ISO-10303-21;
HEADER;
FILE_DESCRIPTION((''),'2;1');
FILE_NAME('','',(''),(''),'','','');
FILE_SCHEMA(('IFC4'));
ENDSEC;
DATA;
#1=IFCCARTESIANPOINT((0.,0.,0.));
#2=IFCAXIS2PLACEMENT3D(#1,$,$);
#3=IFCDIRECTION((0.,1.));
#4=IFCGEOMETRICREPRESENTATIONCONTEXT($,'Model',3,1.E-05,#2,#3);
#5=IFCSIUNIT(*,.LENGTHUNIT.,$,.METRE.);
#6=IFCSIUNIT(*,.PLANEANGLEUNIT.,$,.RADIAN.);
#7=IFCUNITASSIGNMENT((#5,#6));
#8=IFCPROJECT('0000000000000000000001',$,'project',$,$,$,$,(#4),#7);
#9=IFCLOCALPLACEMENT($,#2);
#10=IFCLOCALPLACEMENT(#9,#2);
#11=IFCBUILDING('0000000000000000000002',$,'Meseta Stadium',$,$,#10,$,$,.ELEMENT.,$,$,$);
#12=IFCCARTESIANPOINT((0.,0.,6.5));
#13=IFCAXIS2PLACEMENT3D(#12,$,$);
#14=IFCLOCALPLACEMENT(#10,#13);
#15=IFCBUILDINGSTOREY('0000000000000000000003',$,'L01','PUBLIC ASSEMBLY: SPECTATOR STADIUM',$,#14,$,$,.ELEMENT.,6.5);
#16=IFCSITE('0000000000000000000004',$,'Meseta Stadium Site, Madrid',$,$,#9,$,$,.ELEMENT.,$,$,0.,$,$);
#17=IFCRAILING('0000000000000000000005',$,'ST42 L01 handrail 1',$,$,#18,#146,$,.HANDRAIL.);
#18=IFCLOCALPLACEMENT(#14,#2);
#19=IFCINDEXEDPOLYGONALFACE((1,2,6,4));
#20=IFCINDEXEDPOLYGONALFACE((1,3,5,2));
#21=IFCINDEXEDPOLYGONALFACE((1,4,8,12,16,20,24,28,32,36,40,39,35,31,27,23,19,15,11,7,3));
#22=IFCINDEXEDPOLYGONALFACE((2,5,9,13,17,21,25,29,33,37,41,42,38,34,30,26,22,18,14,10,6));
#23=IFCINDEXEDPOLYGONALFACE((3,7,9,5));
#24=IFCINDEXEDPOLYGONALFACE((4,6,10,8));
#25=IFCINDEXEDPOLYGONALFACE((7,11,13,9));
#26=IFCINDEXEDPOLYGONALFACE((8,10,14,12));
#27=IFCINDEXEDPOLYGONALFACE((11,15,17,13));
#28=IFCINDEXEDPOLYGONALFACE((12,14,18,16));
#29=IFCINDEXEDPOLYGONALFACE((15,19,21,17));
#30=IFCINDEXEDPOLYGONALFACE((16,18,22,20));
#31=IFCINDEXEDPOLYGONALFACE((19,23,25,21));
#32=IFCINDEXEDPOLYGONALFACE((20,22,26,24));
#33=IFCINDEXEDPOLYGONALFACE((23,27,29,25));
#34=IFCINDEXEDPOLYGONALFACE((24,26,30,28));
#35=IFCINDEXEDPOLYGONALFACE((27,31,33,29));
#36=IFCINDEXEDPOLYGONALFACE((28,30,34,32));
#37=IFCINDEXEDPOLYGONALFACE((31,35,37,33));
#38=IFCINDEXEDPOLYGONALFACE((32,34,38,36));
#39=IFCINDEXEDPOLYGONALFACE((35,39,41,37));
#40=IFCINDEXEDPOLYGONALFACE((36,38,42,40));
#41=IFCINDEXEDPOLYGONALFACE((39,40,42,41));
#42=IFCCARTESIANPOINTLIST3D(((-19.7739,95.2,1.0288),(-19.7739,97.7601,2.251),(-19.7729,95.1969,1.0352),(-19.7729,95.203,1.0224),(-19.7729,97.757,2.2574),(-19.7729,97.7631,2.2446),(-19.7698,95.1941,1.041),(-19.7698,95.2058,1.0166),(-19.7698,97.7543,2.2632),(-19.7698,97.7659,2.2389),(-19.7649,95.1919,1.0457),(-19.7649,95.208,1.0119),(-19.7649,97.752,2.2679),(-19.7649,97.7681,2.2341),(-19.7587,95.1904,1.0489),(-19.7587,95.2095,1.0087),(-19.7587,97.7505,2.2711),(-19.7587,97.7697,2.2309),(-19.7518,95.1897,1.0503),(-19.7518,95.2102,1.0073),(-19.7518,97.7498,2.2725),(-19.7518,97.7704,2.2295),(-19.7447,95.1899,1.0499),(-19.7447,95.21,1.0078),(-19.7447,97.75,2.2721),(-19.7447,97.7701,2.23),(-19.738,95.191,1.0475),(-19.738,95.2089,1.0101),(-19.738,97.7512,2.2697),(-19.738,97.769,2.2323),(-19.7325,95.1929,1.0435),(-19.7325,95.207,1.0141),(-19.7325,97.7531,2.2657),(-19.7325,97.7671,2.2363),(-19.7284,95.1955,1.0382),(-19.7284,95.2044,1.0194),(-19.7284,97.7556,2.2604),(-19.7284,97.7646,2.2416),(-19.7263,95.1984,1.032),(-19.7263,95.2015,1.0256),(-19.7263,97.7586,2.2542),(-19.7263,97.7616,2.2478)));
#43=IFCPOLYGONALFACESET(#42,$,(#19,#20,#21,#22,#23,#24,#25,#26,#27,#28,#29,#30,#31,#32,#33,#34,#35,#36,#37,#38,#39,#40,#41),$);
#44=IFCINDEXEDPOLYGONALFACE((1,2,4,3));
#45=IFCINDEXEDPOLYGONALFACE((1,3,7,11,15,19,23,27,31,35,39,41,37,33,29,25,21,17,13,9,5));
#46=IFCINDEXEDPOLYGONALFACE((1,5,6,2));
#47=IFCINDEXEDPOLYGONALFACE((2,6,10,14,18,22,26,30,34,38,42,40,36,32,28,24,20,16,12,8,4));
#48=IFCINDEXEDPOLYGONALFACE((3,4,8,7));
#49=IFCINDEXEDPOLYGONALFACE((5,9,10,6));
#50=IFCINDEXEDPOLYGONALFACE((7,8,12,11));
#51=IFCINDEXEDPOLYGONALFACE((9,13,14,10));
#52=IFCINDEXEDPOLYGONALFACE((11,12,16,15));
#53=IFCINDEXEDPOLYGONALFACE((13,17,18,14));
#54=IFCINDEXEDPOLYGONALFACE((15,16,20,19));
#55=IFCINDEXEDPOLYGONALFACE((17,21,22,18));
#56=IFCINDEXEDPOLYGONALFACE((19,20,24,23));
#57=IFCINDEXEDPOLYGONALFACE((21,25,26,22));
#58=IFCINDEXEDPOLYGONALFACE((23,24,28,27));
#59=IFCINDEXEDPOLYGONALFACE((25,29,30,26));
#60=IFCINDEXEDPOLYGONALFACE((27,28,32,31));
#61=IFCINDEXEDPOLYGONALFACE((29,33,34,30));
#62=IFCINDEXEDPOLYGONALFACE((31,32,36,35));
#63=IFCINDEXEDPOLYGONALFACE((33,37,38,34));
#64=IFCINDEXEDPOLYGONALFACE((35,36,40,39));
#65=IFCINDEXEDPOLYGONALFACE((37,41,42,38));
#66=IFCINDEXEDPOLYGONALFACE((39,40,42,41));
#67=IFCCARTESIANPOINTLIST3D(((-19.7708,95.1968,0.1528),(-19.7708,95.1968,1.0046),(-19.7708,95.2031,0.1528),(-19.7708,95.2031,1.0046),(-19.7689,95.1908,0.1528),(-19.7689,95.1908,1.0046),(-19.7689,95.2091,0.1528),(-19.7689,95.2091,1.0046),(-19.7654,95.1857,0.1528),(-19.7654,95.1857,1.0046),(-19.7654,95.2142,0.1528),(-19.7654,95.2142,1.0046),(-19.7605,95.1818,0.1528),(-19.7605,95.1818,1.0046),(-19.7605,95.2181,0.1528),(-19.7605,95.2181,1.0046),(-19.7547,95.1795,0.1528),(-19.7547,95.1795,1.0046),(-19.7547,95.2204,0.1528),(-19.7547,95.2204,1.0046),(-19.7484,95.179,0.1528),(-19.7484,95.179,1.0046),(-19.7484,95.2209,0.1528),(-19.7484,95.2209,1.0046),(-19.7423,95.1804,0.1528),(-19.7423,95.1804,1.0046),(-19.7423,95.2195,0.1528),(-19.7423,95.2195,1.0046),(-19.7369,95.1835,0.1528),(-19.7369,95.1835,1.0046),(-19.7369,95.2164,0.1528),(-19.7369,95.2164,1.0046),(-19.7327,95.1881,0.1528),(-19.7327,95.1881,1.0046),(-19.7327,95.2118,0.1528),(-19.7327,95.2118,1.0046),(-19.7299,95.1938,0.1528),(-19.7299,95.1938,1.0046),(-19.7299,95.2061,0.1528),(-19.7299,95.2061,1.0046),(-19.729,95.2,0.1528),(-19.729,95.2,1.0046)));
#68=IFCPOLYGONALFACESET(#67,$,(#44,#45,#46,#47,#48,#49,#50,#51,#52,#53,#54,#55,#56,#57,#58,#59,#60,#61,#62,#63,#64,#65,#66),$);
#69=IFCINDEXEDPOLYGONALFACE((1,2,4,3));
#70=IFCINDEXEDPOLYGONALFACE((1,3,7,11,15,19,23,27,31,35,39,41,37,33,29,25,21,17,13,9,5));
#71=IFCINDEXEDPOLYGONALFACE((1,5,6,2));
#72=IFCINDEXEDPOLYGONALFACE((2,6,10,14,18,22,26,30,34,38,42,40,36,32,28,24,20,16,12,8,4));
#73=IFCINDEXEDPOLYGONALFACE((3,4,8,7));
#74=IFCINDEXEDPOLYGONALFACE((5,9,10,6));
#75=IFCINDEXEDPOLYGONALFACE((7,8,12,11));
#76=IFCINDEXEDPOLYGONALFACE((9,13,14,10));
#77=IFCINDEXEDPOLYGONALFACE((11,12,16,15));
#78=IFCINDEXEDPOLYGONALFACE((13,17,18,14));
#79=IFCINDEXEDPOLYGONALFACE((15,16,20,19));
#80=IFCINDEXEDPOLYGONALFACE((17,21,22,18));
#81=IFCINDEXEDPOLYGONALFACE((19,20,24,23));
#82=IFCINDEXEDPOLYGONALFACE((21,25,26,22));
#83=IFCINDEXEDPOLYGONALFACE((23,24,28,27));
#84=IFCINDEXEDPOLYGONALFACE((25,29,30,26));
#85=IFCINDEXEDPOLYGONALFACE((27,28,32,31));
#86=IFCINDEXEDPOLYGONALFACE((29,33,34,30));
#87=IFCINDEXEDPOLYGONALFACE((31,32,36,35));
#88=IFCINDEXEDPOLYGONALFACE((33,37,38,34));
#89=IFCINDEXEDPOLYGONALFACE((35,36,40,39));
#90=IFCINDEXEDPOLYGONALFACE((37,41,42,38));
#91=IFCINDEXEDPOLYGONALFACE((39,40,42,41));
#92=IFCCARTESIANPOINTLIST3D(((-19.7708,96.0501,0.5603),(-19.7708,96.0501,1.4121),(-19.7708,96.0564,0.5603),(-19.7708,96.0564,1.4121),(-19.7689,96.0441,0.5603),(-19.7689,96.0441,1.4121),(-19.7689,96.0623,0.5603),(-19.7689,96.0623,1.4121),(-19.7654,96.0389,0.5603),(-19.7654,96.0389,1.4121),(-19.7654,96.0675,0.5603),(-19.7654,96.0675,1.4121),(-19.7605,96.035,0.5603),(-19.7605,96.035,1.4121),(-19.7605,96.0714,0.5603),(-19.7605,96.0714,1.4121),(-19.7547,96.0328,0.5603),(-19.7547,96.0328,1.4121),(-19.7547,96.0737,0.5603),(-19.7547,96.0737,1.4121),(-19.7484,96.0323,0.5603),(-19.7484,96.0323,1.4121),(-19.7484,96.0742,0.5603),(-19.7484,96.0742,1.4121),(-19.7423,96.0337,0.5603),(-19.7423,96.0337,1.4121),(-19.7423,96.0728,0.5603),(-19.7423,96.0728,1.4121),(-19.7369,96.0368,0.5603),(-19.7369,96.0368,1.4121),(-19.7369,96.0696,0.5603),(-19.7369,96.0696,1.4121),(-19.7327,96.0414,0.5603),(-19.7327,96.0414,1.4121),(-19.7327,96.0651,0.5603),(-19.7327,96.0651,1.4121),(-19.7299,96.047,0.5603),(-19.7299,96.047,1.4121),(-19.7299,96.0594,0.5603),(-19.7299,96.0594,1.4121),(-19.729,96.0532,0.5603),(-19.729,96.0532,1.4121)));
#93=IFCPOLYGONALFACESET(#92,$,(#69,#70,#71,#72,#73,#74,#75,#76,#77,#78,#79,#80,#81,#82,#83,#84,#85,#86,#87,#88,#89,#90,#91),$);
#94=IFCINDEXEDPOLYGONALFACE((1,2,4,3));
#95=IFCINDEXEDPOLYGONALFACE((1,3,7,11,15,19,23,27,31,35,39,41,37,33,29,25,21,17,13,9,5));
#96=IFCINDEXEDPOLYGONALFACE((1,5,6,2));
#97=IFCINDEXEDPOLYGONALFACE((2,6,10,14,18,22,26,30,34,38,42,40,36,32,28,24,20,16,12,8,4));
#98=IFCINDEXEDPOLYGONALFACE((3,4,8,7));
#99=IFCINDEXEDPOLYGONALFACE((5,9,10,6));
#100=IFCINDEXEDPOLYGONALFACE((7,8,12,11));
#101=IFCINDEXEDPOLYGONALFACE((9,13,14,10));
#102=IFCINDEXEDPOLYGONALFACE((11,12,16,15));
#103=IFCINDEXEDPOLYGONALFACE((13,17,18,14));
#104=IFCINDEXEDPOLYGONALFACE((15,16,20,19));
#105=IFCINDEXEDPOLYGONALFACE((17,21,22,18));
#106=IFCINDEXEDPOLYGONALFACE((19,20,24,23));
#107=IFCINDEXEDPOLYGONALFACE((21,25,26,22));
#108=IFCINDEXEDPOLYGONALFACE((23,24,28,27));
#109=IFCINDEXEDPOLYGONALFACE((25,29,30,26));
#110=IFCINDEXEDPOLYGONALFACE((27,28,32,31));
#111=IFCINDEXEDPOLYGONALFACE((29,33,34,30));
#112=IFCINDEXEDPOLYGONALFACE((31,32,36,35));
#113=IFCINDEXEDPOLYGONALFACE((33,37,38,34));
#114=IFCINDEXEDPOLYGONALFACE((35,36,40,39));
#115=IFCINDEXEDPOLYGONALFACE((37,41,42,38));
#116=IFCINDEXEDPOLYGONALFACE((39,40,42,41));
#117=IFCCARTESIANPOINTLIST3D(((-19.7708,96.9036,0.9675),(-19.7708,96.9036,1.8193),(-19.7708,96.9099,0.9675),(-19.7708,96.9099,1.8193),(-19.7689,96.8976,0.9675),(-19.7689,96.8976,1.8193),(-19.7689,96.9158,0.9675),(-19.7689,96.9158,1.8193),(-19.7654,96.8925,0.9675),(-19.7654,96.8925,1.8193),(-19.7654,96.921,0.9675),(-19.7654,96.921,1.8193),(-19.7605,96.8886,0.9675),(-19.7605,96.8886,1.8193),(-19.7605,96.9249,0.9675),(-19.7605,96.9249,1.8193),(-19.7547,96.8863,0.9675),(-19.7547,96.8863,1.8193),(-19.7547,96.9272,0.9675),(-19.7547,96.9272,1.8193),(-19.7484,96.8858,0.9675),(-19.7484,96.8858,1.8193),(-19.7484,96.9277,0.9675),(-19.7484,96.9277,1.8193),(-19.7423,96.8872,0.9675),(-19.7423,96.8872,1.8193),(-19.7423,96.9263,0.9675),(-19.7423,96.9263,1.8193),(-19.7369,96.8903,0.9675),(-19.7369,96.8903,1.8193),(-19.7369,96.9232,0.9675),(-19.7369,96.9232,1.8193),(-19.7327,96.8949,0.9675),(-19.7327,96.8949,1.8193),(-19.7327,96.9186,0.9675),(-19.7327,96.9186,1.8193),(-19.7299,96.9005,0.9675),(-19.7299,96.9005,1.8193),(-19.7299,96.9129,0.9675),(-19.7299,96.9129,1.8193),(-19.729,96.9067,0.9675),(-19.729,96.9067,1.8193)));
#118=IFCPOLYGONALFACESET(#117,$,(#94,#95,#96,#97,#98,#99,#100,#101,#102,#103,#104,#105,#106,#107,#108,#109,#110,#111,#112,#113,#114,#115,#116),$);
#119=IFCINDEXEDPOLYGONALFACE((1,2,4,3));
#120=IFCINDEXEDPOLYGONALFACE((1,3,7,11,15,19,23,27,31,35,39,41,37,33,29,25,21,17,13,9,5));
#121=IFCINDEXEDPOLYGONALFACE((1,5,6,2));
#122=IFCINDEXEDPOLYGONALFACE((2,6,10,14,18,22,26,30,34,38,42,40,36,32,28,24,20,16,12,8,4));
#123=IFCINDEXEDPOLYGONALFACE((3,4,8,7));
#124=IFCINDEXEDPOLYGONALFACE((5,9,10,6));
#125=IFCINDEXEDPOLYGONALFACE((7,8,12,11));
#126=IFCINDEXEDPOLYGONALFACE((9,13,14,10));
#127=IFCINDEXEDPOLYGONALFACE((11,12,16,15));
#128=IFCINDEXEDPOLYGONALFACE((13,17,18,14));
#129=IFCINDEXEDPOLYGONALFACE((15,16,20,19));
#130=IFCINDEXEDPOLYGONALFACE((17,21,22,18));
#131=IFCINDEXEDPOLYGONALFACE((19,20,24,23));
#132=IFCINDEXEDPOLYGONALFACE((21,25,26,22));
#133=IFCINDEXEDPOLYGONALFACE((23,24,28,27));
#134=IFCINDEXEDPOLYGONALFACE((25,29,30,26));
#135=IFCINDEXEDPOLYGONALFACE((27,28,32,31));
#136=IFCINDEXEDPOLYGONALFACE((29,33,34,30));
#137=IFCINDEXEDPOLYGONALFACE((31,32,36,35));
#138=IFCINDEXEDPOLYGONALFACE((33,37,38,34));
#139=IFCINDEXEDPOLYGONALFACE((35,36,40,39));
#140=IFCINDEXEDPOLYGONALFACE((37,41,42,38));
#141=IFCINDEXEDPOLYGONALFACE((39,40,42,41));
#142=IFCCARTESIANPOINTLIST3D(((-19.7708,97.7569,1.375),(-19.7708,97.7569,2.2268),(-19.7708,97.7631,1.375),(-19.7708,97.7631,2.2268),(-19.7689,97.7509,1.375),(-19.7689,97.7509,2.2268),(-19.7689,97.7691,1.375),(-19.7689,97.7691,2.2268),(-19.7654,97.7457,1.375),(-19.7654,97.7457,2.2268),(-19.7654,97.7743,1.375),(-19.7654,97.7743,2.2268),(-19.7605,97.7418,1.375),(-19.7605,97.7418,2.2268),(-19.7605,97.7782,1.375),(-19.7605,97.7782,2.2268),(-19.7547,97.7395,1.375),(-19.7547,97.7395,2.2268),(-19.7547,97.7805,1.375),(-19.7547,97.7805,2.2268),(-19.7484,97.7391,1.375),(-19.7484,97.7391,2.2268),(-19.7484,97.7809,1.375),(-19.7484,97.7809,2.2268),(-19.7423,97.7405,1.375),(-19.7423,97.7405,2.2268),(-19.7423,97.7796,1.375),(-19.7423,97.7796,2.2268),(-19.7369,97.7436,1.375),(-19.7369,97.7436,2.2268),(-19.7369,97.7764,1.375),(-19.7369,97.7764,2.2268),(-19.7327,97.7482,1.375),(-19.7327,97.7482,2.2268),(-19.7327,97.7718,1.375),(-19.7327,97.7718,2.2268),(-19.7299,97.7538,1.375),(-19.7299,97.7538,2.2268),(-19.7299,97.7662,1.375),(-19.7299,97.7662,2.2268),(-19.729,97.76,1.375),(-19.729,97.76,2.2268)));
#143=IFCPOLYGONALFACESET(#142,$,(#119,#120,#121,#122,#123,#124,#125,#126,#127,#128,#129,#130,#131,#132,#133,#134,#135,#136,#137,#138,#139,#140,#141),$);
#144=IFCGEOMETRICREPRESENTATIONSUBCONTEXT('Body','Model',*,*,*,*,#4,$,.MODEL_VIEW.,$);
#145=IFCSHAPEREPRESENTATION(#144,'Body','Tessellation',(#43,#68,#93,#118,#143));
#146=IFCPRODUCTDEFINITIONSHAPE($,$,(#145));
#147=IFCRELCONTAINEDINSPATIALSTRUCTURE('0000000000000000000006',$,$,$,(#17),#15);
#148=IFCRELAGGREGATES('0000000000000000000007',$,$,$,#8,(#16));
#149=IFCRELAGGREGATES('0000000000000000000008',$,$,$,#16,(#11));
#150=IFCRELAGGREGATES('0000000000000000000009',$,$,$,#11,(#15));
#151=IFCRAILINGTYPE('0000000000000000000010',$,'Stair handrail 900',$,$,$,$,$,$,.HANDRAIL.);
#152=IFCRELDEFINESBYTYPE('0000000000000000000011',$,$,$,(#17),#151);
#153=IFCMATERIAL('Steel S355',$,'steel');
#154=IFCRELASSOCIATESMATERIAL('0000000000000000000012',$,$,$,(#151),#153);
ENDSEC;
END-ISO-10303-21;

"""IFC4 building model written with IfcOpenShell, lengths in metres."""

from ifc_helpers import new_model, si_unit, direction, frame, origin, origin_2d, place, context, subcontext, project, spatial, circle, extrude, material, type_object, element, save


model = new_model("IFC4")

# Units and contexts
model_context = context("Model", 3, precision=1e-05, world=origin(), true_north=direction((0.0, 1.0)))
body_context = subcontext(model_context, "Body", "Model", "MODEL_VIEW")
ifc_project = project(units=[si_unit("LENGTHUNIT", "METRE"), si_unit("PLANEANGLEUNIT", "RADIAN")], contexts=[model_context])

# Site, building, storey
site_placement = place(None, origin())
site = spatial("IfcSite", under=ifc_project, at=site_placement, Name="Meseta Stadium Site, Madrid", CompositionType="ELEMENT", RefElevation=0.0)
building_placement = place(site_placement, origin())
building = spatial("IfcBuilding", under=site, at=building_placement, Name="Meseta Stadium", CompositionType="ELEMENT")
storey_placement = place(building_placement, frame((0.0, 0.0, 6.5)))
storey = spatial("IfcBuildingStorey", under=building, at=storey_placement, Name="L01", Description="PUBLIC ASSEMBLY: SPECTATOR STADIUM", CompositionType="ELEMENT", Elevation=6.5)

# Railing
ifc_material_1 = material(Name="Steel S355", Category="steel")
railing_type_1 = type_object("IfcRailingType", Name="Stair handrail 900", PredefinedType="HANDRAIL", material=ifc_material_1)
for number, where, name in (
    (1, (-19.75, 95.2, 0.1528), "ST42 L01 handrail 1"),
):
    element("IfcRailing", number, at=place(storey_placement, frame(where)), inside=storey, type_object=railing_type_1, Name=name, PredefinedType="HANDRAIL", context=body_context, shape_type="SweptSolid", body=[
        extrude(circle(Radius=0.0239, at=origin_2d()), frame((0.0, 0.0, 0.876), z_axis=(0.0, 0.902437, 0.430822), x_axis=(-1.0, 0.0, 0.0)), (0.0, 0.0, 1.0), 2.8369),
        extrude(circle(Radius=0.021, at=origin_2d()), origin(), (0.0, 0.0, 1.0), 0.8518),
        extrude(circle(Radius=0.021, at=origin_2d()), frame((0.0, 0.8533, 0.4075)), (0.0, 0.0, 1.0), 0.8518),
        extrude(circle(Radius=0.021, at=origin_2d()), frame((0.0, 1.7068, 0.8147)), (0.0, 0.0, 1.0), 0.8518),
        extrude(circle(Radius=0.021, at=origin_2d()), frame((0.0, 2.5601, 1.2222)), (0.0, 0.0, 1.0), 0.8518),
    ])

save(model, "model.ifc")
